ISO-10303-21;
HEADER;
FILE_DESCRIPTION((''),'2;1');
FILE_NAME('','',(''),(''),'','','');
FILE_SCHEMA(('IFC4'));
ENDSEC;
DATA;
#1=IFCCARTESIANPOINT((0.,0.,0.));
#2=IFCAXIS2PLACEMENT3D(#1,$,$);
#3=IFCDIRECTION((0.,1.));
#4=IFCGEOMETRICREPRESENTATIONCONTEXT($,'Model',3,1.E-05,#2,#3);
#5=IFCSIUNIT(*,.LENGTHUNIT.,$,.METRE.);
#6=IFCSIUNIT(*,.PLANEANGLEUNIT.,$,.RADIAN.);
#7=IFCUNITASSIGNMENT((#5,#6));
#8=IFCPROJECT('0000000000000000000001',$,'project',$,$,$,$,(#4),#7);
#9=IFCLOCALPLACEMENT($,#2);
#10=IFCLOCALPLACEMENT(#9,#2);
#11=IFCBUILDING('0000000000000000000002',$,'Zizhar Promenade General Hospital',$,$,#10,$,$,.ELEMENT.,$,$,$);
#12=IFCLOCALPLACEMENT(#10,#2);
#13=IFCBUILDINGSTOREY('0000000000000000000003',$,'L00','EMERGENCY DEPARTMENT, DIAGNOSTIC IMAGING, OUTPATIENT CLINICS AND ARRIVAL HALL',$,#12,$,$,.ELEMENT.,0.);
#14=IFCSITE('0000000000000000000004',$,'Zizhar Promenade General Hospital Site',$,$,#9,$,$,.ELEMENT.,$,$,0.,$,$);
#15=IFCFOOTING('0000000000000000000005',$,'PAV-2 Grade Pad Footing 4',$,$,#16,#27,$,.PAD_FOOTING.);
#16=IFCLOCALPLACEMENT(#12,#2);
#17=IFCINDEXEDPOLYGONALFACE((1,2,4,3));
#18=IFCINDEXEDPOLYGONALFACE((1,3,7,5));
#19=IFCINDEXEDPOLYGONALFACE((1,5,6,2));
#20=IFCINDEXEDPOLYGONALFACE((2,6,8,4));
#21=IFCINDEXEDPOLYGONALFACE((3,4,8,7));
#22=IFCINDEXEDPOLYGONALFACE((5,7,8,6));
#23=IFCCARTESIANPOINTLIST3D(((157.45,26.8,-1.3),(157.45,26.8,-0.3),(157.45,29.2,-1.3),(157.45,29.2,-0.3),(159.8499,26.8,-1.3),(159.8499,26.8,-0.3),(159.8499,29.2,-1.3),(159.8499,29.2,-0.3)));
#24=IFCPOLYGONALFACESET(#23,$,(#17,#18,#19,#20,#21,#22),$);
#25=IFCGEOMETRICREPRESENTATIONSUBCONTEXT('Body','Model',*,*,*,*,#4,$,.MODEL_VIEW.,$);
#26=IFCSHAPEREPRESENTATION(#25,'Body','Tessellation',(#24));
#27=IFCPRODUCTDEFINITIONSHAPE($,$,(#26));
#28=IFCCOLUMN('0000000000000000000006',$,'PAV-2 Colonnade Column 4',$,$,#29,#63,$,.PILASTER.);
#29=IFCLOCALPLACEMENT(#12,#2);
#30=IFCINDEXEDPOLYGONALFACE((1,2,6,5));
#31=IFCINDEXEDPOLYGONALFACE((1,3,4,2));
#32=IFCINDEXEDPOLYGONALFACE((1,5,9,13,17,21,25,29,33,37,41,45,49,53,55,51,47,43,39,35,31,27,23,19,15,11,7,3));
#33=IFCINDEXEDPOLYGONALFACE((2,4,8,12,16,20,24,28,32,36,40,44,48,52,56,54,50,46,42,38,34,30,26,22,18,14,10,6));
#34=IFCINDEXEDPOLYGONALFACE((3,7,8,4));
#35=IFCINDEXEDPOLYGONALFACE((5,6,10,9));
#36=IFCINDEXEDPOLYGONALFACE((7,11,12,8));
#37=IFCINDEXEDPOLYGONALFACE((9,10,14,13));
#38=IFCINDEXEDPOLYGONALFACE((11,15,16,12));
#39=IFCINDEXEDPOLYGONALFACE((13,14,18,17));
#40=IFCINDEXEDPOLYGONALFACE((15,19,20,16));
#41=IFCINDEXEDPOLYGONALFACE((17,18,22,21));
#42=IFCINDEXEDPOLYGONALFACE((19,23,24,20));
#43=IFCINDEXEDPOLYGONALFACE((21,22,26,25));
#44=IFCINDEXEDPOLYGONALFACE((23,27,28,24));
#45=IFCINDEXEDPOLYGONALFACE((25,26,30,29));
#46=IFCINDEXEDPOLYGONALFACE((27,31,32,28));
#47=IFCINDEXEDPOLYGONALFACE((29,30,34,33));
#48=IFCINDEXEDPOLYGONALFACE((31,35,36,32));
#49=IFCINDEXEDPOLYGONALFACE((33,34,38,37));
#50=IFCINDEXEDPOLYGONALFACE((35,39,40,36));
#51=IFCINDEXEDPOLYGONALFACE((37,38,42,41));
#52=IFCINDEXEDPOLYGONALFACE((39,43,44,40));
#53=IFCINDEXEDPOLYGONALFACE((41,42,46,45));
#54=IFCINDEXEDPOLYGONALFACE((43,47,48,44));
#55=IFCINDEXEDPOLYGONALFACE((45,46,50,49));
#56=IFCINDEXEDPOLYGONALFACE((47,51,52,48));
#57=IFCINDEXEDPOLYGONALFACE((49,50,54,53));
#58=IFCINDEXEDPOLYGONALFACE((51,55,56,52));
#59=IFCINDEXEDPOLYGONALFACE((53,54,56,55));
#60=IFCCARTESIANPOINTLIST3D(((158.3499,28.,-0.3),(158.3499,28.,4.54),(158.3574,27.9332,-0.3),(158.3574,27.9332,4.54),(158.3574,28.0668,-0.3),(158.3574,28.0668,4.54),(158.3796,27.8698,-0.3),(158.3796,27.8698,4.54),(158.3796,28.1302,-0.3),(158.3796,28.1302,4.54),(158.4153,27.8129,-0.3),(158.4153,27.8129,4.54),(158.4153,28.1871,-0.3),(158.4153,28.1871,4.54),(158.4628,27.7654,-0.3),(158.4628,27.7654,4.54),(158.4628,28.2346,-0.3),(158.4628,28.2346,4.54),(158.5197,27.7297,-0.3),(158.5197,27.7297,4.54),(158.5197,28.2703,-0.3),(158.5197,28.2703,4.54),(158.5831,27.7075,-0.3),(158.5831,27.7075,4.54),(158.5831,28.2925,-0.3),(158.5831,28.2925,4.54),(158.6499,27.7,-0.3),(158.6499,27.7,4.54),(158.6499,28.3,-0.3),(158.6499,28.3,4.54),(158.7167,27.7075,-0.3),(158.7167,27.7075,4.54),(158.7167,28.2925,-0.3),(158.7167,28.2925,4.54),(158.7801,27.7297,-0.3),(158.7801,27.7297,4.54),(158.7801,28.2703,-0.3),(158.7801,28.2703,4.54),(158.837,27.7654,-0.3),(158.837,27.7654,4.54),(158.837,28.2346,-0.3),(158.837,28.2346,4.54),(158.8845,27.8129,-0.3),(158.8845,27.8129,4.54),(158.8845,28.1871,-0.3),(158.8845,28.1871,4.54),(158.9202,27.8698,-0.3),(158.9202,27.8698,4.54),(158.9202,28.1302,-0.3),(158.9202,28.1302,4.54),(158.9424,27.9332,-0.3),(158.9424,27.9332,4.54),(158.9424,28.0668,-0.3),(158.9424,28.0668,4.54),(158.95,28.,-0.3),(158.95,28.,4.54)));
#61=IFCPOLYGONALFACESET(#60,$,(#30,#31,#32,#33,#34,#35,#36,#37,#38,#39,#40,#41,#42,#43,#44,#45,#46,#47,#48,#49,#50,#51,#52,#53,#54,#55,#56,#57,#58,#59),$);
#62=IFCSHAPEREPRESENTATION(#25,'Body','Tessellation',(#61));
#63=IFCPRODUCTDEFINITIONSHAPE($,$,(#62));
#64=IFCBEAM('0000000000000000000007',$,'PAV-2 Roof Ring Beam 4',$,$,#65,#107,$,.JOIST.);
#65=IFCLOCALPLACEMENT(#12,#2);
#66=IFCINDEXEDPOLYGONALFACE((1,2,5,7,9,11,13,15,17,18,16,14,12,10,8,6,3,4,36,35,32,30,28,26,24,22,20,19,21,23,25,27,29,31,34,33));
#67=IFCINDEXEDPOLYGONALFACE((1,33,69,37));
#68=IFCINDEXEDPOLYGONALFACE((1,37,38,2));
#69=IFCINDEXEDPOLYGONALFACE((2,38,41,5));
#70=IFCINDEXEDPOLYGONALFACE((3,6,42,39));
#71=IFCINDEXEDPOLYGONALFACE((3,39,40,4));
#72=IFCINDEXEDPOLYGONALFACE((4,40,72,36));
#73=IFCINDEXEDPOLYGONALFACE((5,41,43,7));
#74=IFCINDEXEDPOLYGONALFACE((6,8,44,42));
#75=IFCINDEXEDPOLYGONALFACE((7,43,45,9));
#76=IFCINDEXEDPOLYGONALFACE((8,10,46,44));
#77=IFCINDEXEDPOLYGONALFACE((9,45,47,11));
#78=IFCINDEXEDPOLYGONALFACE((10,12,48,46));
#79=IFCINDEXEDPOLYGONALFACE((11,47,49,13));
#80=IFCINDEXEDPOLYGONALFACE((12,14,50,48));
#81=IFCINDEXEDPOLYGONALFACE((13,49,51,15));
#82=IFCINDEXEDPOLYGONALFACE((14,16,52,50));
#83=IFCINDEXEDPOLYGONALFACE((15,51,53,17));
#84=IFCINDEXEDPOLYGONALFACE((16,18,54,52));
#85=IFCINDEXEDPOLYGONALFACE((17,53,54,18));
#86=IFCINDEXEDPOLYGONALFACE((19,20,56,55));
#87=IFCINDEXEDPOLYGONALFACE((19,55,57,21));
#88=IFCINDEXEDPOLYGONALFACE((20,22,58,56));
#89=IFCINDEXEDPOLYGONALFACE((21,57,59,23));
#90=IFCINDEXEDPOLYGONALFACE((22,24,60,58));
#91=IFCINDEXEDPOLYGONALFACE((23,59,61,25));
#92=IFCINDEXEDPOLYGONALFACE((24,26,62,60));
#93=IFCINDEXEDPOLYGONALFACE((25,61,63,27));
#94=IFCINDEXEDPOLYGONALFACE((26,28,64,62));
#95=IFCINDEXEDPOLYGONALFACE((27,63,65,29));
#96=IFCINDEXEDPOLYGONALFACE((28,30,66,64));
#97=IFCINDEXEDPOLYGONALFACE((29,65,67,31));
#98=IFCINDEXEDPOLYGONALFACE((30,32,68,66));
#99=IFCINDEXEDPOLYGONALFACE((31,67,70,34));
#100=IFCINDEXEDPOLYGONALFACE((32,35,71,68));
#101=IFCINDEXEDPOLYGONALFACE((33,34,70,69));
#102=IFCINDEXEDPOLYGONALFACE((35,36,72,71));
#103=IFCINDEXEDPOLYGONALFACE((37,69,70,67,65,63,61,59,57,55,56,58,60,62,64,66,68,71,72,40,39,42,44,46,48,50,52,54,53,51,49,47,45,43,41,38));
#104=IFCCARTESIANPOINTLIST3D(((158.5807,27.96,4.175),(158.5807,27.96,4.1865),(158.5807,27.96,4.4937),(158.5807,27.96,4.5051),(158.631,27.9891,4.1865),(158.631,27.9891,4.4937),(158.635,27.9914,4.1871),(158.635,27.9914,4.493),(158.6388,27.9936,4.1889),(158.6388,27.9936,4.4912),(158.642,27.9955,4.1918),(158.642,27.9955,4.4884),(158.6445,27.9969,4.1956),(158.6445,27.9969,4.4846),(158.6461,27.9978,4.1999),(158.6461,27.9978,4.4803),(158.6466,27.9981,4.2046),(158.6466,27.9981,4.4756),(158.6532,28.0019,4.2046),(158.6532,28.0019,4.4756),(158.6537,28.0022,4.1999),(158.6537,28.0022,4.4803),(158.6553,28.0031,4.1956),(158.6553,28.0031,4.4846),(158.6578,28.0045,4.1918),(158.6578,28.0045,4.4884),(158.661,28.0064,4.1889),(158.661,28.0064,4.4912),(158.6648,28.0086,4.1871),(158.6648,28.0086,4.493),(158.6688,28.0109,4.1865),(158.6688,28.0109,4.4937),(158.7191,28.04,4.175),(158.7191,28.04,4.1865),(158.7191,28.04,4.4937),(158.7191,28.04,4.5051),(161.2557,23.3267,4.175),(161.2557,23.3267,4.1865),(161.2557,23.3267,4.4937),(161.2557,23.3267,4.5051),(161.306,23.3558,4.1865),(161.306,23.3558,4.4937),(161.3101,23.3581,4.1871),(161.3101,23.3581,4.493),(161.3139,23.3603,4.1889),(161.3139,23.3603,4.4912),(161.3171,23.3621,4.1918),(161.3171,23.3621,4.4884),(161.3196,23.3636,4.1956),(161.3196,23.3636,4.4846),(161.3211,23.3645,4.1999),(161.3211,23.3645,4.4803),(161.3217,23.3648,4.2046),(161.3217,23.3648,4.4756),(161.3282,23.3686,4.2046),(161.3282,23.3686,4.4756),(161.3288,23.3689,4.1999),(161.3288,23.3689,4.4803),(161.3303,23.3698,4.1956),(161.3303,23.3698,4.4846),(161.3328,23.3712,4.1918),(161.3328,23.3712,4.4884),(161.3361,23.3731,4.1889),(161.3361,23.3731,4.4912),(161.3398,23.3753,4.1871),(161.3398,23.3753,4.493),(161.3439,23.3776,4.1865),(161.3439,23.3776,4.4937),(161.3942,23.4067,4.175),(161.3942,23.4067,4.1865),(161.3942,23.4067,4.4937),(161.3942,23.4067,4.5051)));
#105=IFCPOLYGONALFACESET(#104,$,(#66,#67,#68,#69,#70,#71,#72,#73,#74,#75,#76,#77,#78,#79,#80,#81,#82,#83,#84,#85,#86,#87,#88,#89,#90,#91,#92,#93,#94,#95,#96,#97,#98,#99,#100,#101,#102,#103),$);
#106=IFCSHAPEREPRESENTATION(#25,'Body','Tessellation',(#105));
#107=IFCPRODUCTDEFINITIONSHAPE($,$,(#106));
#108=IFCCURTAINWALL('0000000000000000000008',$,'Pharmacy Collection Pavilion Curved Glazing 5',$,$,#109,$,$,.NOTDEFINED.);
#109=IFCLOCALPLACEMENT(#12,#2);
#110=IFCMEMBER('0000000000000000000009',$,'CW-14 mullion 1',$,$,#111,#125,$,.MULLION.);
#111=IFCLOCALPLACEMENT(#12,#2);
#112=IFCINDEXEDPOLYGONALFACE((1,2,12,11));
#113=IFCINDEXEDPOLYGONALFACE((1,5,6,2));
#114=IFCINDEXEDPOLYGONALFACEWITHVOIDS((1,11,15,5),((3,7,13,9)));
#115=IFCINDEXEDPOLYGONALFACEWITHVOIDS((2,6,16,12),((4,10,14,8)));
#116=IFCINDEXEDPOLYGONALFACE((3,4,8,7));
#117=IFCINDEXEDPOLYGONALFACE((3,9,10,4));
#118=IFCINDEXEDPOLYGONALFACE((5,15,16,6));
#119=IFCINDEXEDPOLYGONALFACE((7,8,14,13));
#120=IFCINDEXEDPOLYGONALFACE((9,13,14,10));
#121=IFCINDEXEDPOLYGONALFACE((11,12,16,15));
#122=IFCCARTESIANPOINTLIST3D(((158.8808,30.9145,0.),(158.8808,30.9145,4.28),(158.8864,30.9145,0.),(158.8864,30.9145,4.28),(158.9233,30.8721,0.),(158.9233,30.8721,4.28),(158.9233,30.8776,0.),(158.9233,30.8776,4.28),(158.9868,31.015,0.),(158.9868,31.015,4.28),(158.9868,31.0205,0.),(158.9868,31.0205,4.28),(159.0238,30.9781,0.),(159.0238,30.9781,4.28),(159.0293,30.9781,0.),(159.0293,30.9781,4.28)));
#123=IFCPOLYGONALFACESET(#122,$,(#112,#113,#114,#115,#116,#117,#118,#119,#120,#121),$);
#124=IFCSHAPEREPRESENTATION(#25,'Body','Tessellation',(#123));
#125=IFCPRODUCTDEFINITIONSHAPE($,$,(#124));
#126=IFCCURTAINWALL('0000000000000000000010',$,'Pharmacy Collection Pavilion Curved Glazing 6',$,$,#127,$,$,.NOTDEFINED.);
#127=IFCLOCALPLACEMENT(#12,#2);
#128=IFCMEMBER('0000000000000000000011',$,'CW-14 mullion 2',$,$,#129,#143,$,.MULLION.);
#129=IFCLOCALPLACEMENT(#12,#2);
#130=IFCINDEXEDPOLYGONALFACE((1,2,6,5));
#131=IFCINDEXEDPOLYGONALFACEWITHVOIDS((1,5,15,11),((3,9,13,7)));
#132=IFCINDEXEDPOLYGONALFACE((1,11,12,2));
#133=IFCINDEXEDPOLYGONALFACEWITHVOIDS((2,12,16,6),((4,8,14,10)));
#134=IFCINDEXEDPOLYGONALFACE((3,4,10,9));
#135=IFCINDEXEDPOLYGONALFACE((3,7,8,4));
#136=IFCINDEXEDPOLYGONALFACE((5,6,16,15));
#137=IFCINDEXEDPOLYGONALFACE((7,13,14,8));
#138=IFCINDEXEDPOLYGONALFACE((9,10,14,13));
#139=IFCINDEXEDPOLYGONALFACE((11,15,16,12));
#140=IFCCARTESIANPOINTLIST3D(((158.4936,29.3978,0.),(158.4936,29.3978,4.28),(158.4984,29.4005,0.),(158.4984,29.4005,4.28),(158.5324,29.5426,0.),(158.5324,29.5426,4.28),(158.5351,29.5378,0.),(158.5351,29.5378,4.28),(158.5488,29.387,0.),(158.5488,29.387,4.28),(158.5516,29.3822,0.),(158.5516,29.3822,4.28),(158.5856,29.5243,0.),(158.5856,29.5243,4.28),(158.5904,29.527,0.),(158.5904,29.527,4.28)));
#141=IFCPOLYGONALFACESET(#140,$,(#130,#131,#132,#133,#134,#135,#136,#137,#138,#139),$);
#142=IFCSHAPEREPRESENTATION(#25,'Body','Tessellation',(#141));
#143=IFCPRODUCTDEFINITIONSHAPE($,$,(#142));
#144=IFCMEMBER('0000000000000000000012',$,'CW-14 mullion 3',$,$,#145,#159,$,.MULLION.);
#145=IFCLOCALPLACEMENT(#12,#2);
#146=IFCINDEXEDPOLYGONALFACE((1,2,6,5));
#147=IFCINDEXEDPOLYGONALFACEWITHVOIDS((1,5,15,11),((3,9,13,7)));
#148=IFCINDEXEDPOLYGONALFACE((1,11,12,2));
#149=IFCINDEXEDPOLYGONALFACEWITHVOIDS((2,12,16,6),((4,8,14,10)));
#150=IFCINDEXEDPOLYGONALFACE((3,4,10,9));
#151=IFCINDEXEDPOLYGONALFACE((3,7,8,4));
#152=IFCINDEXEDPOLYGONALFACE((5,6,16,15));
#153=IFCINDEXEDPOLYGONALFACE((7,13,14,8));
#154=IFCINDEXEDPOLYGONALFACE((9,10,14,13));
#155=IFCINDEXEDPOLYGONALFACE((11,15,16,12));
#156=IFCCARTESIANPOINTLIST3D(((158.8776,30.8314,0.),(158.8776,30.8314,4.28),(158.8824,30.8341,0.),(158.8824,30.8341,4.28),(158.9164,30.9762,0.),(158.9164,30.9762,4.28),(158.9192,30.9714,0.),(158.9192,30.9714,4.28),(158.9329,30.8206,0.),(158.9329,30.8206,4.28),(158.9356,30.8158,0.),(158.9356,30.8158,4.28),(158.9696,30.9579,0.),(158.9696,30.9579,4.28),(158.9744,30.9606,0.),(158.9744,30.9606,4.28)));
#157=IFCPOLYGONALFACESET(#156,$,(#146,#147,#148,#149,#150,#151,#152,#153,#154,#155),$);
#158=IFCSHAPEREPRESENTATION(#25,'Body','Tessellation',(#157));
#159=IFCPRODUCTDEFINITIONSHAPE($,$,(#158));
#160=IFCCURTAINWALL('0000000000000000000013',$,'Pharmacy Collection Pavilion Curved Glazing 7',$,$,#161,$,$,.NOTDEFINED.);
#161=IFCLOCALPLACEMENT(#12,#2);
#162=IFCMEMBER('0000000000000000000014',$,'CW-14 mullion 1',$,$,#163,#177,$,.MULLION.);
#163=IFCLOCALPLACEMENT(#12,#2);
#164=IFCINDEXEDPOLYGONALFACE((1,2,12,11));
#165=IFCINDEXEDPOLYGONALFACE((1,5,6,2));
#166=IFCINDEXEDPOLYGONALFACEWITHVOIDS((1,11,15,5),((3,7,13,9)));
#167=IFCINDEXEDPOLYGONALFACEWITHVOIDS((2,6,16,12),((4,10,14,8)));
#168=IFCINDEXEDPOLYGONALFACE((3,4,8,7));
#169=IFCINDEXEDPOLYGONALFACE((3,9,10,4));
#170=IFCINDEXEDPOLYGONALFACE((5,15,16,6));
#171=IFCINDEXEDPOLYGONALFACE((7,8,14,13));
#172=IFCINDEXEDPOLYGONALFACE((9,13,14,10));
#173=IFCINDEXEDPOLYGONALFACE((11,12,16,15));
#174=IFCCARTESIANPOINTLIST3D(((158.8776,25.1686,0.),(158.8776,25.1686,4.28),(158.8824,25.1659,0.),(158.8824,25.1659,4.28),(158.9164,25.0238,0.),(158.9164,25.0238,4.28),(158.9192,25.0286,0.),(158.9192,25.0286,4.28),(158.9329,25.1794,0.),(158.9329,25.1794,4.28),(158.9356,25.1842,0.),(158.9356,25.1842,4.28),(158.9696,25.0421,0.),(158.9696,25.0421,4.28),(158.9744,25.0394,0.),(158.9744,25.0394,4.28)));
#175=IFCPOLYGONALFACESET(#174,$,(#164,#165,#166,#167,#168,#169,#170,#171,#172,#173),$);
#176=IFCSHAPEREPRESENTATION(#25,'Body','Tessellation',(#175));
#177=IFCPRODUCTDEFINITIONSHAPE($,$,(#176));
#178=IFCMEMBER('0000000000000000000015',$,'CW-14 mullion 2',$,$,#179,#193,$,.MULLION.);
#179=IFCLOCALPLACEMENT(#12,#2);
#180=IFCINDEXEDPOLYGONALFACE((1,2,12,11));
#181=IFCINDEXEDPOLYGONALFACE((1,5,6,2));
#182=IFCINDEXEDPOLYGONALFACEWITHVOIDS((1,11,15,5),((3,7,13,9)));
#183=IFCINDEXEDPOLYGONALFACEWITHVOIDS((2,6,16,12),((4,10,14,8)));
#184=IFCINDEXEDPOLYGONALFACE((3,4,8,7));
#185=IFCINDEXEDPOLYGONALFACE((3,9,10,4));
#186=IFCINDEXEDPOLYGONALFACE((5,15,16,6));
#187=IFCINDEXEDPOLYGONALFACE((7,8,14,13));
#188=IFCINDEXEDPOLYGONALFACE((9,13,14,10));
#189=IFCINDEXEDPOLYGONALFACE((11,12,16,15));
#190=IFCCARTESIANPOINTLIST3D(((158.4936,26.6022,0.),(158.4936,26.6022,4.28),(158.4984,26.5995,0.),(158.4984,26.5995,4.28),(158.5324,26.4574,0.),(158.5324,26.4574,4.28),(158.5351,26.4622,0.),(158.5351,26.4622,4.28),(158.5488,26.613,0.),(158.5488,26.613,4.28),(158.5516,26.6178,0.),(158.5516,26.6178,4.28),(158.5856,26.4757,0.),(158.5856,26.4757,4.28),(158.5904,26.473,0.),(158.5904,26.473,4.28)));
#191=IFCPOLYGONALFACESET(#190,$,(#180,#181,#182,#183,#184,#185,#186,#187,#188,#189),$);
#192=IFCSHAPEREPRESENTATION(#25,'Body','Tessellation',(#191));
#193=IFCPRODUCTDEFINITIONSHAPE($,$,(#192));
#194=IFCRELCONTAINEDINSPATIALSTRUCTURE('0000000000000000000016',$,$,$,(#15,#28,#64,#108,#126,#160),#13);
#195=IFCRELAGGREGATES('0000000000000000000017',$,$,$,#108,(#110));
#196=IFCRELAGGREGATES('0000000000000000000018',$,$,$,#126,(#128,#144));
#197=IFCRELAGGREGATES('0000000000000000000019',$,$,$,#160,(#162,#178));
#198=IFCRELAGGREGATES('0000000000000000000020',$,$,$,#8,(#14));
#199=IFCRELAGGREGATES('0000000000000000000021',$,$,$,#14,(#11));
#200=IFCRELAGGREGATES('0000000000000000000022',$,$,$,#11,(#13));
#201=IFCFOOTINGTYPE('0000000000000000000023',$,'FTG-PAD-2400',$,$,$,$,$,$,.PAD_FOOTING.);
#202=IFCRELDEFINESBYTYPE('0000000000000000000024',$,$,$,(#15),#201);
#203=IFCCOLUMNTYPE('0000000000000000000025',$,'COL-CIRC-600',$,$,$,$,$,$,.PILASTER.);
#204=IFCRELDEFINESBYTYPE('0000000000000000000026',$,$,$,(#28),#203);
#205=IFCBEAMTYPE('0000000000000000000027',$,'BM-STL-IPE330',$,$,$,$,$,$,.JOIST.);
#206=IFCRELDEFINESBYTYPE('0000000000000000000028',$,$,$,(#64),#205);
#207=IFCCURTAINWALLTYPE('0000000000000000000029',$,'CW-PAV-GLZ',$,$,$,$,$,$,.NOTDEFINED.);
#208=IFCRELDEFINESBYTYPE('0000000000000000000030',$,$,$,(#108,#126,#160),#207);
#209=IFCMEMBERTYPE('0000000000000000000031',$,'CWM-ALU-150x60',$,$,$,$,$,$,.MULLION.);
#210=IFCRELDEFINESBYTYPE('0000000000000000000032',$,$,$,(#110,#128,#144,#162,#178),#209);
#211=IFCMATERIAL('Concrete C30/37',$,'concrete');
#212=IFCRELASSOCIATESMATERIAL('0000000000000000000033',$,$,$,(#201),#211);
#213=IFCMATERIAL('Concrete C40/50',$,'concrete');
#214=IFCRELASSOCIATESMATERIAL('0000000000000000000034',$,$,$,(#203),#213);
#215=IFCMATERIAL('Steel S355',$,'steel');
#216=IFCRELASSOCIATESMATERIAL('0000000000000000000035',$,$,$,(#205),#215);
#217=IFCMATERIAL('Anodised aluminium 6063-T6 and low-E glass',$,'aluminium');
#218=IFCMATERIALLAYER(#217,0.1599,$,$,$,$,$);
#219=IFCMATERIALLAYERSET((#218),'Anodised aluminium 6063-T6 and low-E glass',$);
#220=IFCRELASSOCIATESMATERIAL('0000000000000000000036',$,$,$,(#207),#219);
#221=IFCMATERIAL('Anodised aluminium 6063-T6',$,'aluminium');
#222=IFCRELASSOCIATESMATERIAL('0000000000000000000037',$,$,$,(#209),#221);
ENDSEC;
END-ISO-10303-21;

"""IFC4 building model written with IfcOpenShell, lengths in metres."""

from ifc_helpers import new_model, si_unit, direction, frame, origin, origin_2d, place, context, subcontext, project, spatial, rectangle, hollow_rectangle, circle, i_section, extrude, material, layer, layer_set, material_profile, profile_set, type_object, element, aggregate, save


model = new_model("IFC4")

# Units and contexts
model_context = context("Model", 3, precision=1e-05, world=origin(), true_north=direction((0.0, 1.0)))
body_context = subcontext(model_context, "Body", "Model", "MODEL_VIEW")
ifc_project = project(units=[si_unit("LENGTHUNIT", "METRE"), si_unit("PLANEANGLEUNIT", "RADIAN")], contexts=[model_context])

# Site, building, storey
site_placement = place(None, origin())
site = spatial("IfcSite", under=ifc_project, at=site_placement, Name="Zizhar Promenade General Hospital Site", CompositionType="ELEMENT", RefElevation=0.0)
building_placement = place(site_placement, origin())
building = spatial("IfcBuilding", under=site, at=building_placement, Name="Zizhar Promenade General Hospital", CompositionType="ELEMENT")
storey_placement = place(building_placement, origin())
storey = spatial("IfcBuildingStorey", under=building, at=storey_placement, Name="L00", Description="EMERGENCY DEPARTMENT, DIAGNOSTIC IMAGING, OUTPATIENT CLINICS AND ARRIVAL HALL", CompositionType="ELEMENT", Elevation=0.0)

# Footing
ifc_material_1 = material(Name="Concrete C30/37", Category="concrete")
footing_type = type_object("IfcFootingType", Name="FTG-PAD-2400", PredefinedType="PAD_FOOTING", material=ifc_material_1)
footing_placement = place(storey_placement, frame((158.6499, 28.0, -1.3), z_axis=(0.0, 0.0, 1.0), x_axis=(1.0, 0.0, 0.0)))
element("IfcFooting", 1, at=footing_placement, inside=storey, type_object=footing_type, Name="PAV-2 Grade Pad Footing 4", PredefinedType="PAD_FOOTING", context=body_context, shape_type="SweptSolid", body=[
    extrude(rectangle(XDim=2.3999, YDim=2.3999, at=origin_2d()), origin(), (0.0, 0.0, 1.0), 1.0),
])

# Column
ifc_material_2 = material(Name="Concrete C40/50", Category="concrete")
ifc_material_profile_1 = material_profile(ifc_material_2, circle(Radius=0.3, at=origin_2d()))
ifc_profile_set_1 = profile_set([ifc_material_profile_1], Name="Concrete C40/50")
column_type = type_object("IfcColumnType", Name="COL-CIRC-600", PredefinedType="PILASTER", material=ifc_profile_set_1)
column_placement = place(storey_placement, frame((158.6499, 28.0, -0.3), z_axis=(0.0, 0.0, 1.0), x_axis=(1.0, 0.0, 0.0)))
element("IfcColumn", 2, at=column_placement, inside=storey, type_object=column_type, Name="PAV-2 Colonnade Column 4", PredefinedType="PILASTER", context=body_context, shape_type="SweptSolid", body=[
    extrude(circle(Radius=0.3, at=origin_2d()), origin(), (0.0, 0.0, 1.0), 4.8401),
])

# Beam
ifc_material_3 = material(Name="Steel S355", Category="steel")
ifc_material_profile_2 = material_profile(ifc_material_3, i_section(OverallWidth=0.1599, OverallDepth=0.3301, WebThickness=0.0076, FlangeThickness=0.0115, FilletRadius=0.0181, at=origin_2d()))
ifc_profile_set_2 = profile_set([ifc_material_profile_2], Name="Steel S355")
beam_type = type_object("IfcBeamType", Name="BM-STL-IPE330", PredefinedType="JOIST", material=ifc_profile_set_2)
beam_placement = place(storey_placement, frame((158.6499, 28.0, 4.3401), z_axis=(0.500002, -0.866024, 0.0), x_axis=(0.866024, 0.500002, 0.0)))
element("IfcBeam", 3, at=beam_placement, inside=storey, type_object=beam_type, Name="PAV-2 Roof Ring Beam 4", PredefinedType="JOIST", context=body_context, shape_type="SweptSolid", body=[
    extrude(i_section(OverallWidth=0.1599, OverallDepth=0.3301, WebThickness=0.0076, FlangeThickness=0.0115, FilletRadius=0.0181, at=origin_2d()), origin(), (0.0, 0.0, 1.0), 5.3501),
])

# Curtain wall, member
ifc_material_4 = material(Name="Anodised aluminium 6063-T6 and low-E glass", Category="aluminium")
ifc_layer_1 = layer(ifc_material_4, 0.1599)
ifc_layer_set_1 = layer_set([ifc_layer_1], Name="Anodised aluminium 6063-T6 and low-E glass")
curtain_wall_type = type_object("IfcCurtainWallType", Name="CW-PAV-GLZ", PredefinedType="NOTDEFINED", material=ifc_layer_set_1)
curtain_wall_1_placement = place(storey_placement, origin())
curtain_wall_1 = element("IfcCurtainWall", 4, at=curtain_wall_1_placement, inside=storey, type_object=curtain_wall_type, Name="Pharmacy Collection Pavilion Curved Glazing 5", PredefinedType="NOTDEFINED")
ifc_material_5 = material(Name="Anodised aluminium 6063-T6", Category="aluminium")
ifc_material_profile_3 = material_profile(ifc_material_5, hollow_rectangle(XDim=0.0601, YDim=0.1499, WallThickness=0.0039, at=origin_2d()))
ifc_profile_set_3 = profile_set([ifc_material_profile_3], Name="Anodised aluminium 6063-T6")
member_type_1 = type_object("IfcMemberType", Name="CWM-ALU-150x60", PredefinedType="MULLION", material=ifc_profile_set_3)
member_1_placement = place(storey_placement, frame((158.9551, 30.9463, 0.0), z_axis=(0.0, 0.0, 1.0), x_axis=(-0.707107, 0.707107, 0.0)))
member_1 = element("IfcMember", 5, at=member_1_placement, type_object=member_type_1, Name="CW-14 mullion 1", PredefinedType="MULLION", context=body_context, shape_type="SweptSolid", body=[
    extrude(hollow_rectangle(XDim=0.0601, YDim=0.1499, WallThickness=0.0039, at=origin_2d()), origin(), (0.0, 0.0, 1.0), 4.28),
])
aggregate(curtain_wall_1, [member_1])

# Curtain walls, members
curtain_wall_2_placement = place(storey_placement, origin())
curtain_wall_2 = element("IfcCurtainWall", 6, at=curtain_wall_2_placement, inside=storey, type_object=curtain_wall_type, Name="Pharmacy Collection Pavilion Curved Glazing 6", PredefinedType="NOTDEFINED")
member_2_placement = place(storey_placement, frame((158.542, 29.4624, 0.0), z_axis=(0.0, 0.0, 1.0), x_axis=(-0.965922, 0.258834, 0.0)))
member_2 = element("IfcMember", 7, at=member_2_placement, type_object=member_type_1, Name="CW-14 mullion 2", PredefinedType="MULLION", context=body_context, shape_type="SweptSolid", body=[
    extrude(hollow_rectangle(XDim=0.0601, YDim=0.1499, WallThickness=0.0039, at=origin_2d()), origin(), (0.0, 0.0, 1.0), 4.28),
])
member_3_placement = place(storey_placement, frame((158.926, 30.896, 0.0), z_axis=(0.0, 0.0, 1.0), x_axis=(-0.965922, 0.258834, 0.0)))
member_3 = element("IfcMember", 8, at=member_3_placement, type_object=member_type_1, Name="CW-14 mullion 3", PredefinedType="MULLION", context=body_context, shape_type="SweptSolid", body=[
    extrude(hollow_rectangle(XDim=0.0601, YDim=0.1499, WallThickness=0.0039, at=origin_2d()), origin(), (0.0, 0.0, 1.0), 4.28),
])
curtain_wall_3_placement = place(storey_placement, origin())
curtain_wall_3 = element("IfcCurtainWall", 9, at=curtain_wall_3_placement, inside=storey, type_object=curtain_wall_type, Name="Pharmacy Collection Pavilion Curved Glazing 7", PredefinedType="NOTDEFINED")
member_4_placement = place(storey_placement, frame((158.926, 25.104, 0.0), z_axis=(0.0, 0.0, 1.0), x_axis=(-0.965922, -0.258834, 0.0)))
member_4 = element("IfcMember", 10, at=member_4_placement, type_object=member_type_1, Name="CW-14 mullion 1", PredefinedType="MULLION", context=body_context, shape_type="SweptSolid", body=[
    extrude(hollow_rectangle(XDim=0.0601, YDim=0.1499, WallThickness=0.0039, at=origin_2d()), origin(), (0.0, 0.0, 1.0), 4.28),
])
member_5_placement = place(storey_placement, frame((158.542, 26.5376, 0.0), z_axis=(0.0, 0.0, 1.0), x_axis=(-0.965922, -0.258834, 0.0)))
member_5 = element("IfcMember", 11, at=member_5_placement, type_object=member_type_1, Name="CW-14 mullion 2", PredefinedType="MULLION", context=body_context, shape_type="SweptSolid", body=[
    extrude(hollow_rectangle(XDim=0.0601, YDim=0.1499, WallThickness=0.0039, at=origin_2d()), origin(), (0.0, 0.0, 1.0), 4.28),
])

aggregate(curtain_wall_2, [member_2, member_3])
aggregate(curtain_wall_3, [member_4, member_5])

save(model, "model.ifc")
